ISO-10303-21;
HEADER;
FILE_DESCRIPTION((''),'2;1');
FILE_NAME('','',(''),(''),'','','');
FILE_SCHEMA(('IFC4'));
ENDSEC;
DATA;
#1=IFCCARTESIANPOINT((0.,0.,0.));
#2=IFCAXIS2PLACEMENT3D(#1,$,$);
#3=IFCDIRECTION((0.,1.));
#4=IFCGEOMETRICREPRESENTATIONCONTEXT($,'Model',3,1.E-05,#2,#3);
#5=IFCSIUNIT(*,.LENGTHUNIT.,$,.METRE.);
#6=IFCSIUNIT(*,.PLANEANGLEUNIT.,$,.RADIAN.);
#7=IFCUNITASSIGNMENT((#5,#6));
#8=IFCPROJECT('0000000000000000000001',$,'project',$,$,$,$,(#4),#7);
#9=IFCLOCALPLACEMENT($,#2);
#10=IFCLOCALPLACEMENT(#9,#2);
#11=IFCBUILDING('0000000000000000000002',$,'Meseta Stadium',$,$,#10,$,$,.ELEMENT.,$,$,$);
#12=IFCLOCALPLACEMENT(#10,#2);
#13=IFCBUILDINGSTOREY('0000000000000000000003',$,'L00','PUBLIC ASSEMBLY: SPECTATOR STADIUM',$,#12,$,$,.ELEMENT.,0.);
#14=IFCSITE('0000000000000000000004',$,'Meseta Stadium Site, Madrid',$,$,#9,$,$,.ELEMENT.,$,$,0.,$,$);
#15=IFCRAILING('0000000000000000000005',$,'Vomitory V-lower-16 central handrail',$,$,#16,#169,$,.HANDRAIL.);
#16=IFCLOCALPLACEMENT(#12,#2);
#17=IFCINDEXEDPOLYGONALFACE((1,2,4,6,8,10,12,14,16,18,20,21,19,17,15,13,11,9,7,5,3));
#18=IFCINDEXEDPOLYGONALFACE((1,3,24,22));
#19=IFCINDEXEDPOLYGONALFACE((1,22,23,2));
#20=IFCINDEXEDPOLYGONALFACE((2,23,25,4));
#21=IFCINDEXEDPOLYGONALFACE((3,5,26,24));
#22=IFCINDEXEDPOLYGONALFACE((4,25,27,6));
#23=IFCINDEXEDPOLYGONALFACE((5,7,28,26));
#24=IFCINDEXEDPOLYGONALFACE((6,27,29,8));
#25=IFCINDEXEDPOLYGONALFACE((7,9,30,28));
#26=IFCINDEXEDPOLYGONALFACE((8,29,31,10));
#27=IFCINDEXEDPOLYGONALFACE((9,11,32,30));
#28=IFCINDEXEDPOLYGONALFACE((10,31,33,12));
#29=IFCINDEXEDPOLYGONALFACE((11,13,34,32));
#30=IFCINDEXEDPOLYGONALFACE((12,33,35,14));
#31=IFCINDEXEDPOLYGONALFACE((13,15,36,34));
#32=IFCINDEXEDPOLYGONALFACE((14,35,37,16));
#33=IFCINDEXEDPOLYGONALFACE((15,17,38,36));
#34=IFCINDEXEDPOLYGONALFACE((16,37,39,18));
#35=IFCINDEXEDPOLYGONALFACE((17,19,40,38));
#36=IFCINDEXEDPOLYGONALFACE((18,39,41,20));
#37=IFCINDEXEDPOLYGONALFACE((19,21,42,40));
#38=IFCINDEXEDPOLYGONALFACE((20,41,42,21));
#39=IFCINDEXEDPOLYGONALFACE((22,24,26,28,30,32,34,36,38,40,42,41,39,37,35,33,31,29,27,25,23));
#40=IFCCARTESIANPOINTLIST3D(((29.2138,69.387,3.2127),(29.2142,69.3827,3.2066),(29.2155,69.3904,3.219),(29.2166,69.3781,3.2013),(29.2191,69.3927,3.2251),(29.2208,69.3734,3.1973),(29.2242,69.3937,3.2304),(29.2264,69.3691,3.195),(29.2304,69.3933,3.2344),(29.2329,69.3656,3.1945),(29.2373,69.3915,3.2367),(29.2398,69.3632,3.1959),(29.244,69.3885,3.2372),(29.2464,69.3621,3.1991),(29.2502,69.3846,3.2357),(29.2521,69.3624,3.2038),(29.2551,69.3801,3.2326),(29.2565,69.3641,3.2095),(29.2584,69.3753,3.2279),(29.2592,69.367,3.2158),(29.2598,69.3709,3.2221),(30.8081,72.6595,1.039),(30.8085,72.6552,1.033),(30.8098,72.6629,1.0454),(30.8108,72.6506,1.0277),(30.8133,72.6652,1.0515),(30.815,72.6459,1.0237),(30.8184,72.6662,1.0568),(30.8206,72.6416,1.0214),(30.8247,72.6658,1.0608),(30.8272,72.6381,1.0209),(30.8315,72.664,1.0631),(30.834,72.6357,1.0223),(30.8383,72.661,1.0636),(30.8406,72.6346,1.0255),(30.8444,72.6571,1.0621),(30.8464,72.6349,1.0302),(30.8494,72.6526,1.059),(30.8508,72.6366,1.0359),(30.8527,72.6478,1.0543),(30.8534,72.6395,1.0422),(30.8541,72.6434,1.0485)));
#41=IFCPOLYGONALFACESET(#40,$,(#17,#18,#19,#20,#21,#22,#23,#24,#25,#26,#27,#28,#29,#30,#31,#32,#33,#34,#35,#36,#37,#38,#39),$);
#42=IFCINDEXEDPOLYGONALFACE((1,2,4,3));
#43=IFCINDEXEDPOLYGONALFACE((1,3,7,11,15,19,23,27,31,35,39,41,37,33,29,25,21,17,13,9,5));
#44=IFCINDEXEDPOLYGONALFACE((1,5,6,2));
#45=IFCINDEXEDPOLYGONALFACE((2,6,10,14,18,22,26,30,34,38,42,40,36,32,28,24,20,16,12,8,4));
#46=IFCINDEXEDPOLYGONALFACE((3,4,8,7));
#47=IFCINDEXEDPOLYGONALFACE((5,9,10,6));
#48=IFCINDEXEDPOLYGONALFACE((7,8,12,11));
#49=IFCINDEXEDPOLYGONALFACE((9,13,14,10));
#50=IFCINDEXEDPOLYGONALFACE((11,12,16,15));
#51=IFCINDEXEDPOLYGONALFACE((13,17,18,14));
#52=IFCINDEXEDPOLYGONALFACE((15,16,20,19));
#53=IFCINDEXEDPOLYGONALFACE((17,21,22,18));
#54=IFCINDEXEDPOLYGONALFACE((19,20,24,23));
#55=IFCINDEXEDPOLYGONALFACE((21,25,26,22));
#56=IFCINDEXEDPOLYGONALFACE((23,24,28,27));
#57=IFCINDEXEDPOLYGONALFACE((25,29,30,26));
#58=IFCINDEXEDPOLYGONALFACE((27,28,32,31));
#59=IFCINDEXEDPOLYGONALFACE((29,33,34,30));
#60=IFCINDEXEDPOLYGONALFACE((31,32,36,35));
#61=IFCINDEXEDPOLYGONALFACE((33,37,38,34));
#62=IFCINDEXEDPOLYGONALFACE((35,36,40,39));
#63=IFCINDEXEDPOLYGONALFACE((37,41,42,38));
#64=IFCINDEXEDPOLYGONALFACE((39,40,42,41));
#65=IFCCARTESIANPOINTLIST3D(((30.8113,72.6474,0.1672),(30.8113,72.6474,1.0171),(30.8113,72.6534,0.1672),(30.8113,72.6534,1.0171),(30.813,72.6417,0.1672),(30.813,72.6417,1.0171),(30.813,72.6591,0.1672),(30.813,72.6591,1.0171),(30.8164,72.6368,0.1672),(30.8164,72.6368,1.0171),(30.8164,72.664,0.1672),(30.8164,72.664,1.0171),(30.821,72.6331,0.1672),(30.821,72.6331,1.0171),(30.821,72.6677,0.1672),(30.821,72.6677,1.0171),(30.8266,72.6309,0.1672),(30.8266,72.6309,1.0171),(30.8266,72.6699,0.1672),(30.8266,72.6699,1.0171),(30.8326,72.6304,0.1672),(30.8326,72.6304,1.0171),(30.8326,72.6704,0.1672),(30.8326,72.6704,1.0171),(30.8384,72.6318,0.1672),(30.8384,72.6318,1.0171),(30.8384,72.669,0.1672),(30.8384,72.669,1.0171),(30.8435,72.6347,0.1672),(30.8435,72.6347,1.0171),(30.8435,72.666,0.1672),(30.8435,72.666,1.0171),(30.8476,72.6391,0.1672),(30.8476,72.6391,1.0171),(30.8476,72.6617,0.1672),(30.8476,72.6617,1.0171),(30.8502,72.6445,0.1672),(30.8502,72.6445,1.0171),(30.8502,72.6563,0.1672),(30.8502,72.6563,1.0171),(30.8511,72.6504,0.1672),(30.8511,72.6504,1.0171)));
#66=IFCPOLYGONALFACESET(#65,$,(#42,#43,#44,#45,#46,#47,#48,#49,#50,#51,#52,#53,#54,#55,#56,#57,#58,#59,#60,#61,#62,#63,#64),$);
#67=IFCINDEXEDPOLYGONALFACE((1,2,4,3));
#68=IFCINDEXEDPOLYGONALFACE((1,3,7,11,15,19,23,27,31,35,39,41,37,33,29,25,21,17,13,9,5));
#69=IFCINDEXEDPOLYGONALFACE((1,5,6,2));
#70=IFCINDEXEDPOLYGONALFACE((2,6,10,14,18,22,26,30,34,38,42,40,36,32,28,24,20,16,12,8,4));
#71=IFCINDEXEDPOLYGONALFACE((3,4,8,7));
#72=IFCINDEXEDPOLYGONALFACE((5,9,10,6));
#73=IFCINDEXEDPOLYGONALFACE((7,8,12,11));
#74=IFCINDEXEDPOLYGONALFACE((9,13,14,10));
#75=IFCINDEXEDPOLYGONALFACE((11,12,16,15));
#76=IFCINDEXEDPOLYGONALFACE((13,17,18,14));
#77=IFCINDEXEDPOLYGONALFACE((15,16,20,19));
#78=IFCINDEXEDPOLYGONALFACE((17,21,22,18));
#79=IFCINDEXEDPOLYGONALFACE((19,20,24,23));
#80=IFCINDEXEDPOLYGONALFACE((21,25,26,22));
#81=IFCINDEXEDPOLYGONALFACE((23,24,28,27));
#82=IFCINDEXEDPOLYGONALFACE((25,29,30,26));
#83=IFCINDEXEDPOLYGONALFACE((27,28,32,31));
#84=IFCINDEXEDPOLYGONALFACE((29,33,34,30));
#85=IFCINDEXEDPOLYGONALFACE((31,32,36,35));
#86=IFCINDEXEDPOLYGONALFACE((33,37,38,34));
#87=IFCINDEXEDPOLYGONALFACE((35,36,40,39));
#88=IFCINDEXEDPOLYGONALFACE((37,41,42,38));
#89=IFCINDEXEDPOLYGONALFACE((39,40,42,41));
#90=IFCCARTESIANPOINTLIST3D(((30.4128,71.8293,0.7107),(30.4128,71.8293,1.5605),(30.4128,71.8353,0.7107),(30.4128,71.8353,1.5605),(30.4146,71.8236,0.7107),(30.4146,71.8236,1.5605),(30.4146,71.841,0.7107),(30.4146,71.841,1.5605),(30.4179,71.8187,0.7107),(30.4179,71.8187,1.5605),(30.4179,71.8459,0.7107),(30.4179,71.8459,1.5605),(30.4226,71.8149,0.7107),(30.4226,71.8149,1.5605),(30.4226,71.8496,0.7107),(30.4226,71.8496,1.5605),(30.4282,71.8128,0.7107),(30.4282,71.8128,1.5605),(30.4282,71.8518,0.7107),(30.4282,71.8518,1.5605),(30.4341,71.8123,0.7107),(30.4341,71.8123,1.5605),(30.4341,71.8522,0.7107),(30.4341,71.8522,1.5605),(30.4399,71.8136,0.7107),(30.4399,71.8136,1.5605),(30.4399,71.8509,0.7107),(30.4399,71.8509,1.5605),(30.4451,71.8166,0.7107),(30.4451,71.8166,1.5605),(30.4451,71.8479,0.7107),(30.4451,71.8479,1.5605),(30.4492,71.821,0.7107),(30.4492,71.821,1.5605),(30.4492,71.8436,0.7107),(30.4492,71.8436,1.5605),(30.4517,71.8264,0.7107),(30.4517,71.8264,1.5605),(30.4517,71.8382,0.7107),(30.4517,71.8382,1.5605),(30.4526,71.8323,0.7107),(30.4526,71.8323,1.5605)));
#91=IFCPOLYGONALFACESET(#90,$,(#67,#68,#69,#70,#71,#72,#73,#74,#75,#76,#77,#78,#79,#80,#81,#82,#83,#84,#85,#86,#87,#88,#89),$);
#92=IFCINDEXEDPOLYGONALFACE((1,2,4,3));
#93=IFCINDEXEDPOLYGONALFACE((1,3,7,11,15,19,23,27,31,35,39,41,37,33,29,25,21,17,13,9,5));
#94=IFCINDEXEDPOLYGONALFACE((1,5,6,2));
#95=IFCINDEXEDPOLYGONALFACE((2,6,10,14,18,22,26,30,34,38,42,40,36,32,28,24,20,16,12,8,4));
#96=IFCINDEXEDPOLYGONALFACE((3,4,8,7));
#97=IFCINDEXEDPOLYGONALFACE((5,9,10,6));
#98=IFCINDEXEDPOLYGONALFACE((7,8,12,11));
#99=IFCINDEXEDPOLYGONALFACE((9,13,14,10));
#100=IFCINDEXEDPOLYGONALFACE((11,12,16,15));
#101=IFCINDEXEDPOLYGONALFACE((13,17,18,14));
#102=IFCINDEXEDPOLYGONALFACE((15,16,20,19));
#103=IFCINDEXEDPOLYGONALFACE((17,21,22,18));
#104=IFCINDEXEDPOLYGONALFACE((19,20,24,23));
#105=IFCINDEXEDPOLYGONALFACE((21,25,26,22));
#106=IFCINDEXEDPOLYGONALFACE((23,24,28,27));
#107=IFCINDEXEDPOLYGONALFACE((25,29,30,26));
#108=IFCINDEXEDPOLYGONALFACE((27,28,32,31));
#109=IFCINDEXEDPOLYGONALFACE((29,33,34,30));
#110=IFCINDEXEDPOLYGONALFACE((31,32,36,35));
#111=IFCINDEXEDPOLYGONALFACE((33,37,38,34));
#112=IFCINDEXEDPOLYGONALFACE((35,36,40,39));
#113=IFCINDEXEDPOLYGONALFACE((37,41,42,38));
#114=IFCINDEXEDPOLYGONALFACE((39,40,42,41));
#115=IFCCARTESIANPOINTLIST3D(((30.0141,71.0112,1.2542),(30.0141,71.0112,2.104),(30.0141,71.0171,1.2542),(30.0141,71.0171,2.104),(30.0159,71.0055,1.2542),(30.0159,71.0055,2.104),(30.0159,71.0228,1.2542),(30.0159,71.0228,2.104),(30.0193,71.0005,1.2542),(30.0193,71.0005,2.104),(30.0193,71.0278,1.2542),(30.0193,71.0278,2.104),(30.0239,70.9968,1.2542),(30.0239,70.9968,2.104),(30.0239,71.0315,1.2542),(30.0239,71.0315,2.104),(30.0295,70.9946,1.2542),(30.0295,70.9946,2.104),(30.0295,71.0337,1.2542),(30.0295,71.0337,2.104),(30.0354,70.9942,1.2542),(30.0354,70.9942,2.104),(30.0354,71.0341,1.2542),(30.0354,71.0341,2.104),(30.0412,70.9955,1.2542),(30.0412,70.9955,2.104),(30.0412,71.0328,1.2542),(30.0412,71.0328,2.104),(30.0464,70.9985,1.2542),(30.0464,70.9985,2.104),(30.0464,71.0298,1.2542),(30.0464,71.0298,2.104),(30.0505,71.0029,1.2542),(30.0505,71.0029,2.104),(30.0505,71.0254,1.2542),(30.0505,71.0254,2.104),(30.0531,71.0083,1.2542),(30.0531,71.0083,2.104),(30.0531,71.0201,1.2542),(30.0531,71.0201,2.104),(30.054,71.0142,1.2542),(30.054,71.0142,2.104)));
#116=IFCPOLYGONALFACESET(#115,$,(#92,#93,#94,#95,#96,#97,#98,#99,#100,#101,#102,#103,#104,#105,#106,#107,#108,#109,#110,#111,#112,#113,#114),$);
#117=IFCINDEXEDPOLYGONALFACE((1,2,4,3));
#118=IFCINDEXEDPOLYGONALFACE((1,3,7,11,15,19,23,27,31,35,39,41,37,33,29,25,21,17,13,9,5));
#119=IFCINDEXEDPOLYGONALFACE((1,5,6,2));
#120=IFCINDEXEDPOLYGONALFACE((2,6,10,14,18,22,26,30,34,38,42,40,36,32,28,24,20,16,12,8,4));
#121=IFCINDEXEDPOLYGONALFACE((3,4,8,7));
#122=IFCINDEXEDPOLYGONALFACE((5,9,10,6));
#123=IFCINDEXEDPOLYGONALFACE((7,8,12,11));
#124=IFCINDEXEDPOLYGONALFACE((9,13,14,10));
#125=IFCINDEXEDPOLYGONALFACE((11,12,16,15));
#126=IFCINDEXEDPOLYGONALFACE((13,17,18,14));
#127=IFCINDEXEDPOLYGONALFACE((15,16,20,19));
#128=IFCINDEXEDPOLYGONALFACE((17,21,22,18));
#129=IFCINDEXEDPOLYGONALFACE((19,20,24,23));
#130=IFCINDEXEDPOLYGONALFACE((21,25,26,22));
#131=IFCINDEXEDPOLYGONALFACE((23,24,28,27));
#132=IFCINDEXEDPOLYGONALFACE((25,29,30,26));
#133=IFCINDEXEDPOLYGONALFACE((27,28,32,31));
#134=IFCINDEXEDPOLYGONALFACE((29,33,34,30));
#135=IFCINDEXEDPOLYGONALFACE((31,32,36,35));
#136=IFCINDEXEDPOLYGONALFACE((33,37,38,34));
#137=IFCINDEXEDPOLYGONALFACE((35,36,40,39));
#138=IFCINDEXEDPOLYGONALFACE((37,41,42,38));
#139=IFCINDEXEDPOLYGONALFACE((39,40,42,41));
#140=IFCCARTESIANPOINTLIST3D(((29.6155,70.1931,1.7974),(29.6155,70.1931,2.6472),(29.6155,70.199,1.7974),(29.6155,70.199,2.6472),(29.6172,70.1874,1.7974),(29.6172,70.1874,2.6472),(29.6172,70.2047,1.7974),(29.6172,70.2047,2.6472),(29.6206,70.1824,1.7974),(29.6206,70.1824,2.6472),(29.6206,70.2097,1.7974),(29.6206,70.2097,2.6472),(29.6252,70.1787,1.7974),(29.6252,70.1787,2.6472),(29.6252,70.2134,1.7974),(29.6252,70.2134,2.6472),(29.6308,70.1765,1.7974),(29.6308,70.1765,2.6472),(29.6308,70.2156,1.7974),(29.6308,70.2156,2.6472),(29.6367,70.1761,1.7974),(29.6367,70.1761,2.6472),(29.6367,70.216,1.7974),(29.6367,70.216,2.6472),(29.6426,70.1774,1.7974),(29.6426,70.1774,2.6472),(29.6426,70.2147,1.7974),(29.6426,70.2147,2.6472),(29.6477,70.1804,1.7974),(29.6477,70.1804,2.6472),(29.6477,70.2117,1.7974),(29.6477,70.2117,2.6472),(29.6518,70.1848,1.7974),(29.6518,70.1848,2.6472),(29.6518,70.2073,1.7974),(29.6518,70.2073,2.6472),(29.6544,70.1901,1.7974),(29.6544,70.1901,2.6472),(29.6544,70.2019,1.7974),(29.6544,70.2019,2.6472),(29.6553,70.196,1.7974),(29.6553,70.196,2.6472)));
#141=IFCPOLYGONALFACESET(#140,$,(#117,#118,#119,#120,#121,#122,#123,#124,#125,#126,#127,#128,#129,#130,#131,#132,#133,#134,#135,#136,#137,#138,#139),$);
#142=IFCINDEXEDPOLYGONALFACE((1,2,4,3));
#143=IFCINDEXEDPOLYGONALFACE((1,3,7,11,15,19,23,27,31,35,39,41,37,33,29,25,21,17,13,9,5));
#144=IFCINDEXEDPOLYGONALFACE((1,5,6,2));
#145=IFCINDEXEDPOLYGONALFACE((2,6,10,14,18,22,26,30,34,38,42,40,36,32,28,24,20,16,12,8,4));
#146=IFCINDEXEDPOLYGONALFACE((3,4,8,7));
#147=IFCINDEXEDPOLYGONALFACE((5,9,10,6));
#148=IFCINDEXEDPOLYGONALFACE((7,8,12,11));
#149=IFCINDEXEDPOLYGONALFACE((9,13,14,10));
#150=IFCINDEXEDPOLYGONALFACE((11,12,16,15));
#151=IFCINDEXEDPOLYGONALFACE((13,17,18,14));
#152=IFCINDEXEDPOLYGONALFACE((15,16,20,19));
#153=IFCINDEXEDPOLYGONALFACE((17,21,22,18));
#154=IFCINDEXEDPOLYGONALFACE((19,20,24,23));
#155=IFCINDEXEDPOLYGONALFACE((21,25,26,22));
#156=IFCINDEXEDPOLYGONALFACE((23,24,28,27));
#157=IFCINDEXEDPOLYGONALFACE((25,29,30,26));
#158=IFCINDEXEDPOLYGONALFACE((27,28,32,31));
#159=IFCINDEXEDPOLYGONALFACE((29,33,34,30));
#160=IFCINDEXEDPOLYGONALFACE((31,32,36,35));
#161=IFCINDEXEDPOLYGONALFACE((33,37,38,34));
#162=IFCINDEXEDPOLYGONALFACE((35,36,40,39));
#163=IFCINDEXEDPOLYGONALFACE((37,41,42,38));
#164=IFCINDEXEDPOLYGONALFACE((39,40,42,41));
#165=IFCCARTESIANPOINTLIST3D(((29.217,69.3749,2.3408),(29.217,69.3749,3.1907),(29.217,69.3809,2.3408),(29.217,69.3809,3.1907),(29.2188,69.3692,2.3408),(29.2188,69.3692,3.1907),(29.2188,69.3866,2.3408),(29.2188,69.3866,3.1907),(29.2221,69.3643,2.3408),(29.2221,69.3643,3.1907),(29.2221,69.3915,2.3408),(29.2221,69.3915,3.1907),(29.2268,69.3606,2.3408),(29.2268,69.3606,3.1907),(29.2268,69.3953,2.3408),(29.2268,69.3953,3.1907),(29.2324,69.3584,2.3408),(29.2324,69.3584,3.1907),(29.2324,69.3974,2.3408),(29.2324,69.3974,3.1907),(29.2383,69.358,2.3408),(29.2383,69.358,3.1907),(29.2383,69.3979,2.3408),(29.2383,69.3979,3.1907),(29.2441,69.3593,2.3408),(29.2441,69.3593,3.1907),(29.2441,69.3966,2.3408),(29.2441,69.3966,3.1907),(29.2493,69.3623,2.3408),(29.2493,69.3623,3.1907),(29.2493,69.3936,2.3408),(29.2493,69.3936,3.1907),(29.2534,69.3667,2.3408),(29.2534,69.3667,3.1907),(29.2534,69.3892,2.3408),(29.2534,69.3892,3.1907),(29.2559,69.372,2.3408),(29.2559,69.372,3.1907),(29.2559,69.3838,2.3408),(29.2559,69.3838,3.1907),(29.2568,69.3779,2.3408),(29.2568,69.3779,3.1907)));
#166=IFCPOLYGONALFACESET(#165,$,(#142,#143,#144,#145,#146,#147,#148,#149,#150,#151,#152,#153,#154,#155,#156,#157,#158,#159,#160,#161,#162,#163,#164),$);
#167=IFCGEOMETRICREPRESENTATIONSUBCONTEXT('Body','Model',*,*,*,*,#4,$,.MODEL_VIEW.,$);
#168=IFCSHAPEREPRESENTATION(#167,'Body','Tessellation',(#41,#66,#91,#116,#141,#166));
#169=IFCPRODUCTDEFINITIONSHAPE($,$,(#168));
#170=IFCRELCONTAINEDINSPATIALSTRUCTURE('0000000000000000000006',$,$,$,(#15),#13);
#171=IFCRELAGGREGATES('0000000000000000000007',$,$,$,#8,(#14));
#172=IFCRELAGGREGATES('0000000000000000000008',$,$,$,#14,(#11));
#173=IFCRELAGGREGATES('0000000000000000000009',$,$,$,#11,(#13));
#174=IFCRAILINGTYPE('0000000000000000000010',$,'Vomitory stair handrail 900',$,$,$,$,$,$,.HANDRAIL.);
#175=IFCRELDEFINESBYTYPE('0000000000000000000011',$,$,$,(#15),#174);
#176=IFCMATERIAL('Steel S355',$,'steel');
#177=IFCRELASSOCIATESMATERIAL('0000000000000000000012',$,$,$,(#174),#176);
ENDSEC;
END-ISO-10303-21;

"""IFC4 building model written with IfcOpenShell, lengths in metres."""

from ifc_helpers import new_model, si_unit, direction, frame, origin, origin_2d, place, context, subcontext, project, spatial, circle, extrude, material, type_object, element, save


model = new_model("IFC4")

# Units and contexts
model_context = context("Model", 3, precision=1e-05, world=origin(), true_north=direction((0.0, 1.0)))
body_context = subcontext(model_context, "Body", "Model", "MODEL_VIEW")
ifc_project = project(units=[si_unit("LENGTHUNIT", "METRE"), si_unit("PLANEANGLEUNIT", "RADIAN")], contexts=[model_context])

# Site, building, storey
site_placement = place(None, origin())
site = spatial("IfcSite", under=ifc_project, at=site_placement, Name="Meseta Stadium Site, Madrid", CompositionType="ELEMENT", RefElevation=0.0)
building_placement = place(site_placement, origin())
building = spatial("IfcBuilding", under=site, at=building_placement, Name="Meseta Stadium", CompositionType="ELEMENT")
storey_placement = place(building_placement, origin())
storey = spatial("IfcBuildingStorey", under=building, at=storey_placement, Name="L00", Description="PUBLIC ASSEMBLY: SPECTATOR STADIUM", CompositionType="ELEMENT", Elevation=0.0)

# Railing
ifc_material_1 = material(Name="Steel S355", Category="steel")
railing_type_1 = type_object("IfcRailingType", Name="Vomitory stair handrail 900", PredefinedType="HANDRAIL", material=ifc_material_1)
railing_1_placement = place(storey_placement, frame((30.8311, 72.6504, 0.1672)))
element("IfcRailing", 1, at=railing_1_placement, inside=storey, type_object=railing_type_1, Name="Vomitory V-lower-16 central handrail", PredefinedType="HANDRAIL", context=body_context, shape_type="SweptSolid", body=[
    extrude(circle(Radius=0.0249, at=origin_2d()), frame((0.0, 0.0, 0.875), z_axis=(-0.376026, -0.771861, 0.512674), x_axis=(0.898994, -0.437961, 0.0)), (0.0, 0.0, 1.0), 4.2397),
    extrude(circle(Radius=0.02, at=origin_2d()), origin(), (0.0, 0.0, 1.0), 0.8499),
    extrude(circle(Radius=0.02, at=origin_2d()), frame((-0.3984, -0.8181, 0.5435)), (0.0, 0.0, 1.0), 0.8499),
    extrude(circle(Radius=0.02, at=origin_2d()), frame((-0.7971, -1.6362, 1.0869)), (0.0, 0.0, 1.0), 0.8499),
    extrude(circle(Radius=0.02, at=origin_2d()), frame((-1.1958, -2.4543, 1.6301)), (0.0, 0.0, 1.0), 0.8499),
    extrude(circle(Radius=0.02, at=origin_2d()), frame((-1.5942, -3.2725, 2.1736)), (0.0, 0.0, 1.0), 0.8499),
])

save(model, "model.ifc")
